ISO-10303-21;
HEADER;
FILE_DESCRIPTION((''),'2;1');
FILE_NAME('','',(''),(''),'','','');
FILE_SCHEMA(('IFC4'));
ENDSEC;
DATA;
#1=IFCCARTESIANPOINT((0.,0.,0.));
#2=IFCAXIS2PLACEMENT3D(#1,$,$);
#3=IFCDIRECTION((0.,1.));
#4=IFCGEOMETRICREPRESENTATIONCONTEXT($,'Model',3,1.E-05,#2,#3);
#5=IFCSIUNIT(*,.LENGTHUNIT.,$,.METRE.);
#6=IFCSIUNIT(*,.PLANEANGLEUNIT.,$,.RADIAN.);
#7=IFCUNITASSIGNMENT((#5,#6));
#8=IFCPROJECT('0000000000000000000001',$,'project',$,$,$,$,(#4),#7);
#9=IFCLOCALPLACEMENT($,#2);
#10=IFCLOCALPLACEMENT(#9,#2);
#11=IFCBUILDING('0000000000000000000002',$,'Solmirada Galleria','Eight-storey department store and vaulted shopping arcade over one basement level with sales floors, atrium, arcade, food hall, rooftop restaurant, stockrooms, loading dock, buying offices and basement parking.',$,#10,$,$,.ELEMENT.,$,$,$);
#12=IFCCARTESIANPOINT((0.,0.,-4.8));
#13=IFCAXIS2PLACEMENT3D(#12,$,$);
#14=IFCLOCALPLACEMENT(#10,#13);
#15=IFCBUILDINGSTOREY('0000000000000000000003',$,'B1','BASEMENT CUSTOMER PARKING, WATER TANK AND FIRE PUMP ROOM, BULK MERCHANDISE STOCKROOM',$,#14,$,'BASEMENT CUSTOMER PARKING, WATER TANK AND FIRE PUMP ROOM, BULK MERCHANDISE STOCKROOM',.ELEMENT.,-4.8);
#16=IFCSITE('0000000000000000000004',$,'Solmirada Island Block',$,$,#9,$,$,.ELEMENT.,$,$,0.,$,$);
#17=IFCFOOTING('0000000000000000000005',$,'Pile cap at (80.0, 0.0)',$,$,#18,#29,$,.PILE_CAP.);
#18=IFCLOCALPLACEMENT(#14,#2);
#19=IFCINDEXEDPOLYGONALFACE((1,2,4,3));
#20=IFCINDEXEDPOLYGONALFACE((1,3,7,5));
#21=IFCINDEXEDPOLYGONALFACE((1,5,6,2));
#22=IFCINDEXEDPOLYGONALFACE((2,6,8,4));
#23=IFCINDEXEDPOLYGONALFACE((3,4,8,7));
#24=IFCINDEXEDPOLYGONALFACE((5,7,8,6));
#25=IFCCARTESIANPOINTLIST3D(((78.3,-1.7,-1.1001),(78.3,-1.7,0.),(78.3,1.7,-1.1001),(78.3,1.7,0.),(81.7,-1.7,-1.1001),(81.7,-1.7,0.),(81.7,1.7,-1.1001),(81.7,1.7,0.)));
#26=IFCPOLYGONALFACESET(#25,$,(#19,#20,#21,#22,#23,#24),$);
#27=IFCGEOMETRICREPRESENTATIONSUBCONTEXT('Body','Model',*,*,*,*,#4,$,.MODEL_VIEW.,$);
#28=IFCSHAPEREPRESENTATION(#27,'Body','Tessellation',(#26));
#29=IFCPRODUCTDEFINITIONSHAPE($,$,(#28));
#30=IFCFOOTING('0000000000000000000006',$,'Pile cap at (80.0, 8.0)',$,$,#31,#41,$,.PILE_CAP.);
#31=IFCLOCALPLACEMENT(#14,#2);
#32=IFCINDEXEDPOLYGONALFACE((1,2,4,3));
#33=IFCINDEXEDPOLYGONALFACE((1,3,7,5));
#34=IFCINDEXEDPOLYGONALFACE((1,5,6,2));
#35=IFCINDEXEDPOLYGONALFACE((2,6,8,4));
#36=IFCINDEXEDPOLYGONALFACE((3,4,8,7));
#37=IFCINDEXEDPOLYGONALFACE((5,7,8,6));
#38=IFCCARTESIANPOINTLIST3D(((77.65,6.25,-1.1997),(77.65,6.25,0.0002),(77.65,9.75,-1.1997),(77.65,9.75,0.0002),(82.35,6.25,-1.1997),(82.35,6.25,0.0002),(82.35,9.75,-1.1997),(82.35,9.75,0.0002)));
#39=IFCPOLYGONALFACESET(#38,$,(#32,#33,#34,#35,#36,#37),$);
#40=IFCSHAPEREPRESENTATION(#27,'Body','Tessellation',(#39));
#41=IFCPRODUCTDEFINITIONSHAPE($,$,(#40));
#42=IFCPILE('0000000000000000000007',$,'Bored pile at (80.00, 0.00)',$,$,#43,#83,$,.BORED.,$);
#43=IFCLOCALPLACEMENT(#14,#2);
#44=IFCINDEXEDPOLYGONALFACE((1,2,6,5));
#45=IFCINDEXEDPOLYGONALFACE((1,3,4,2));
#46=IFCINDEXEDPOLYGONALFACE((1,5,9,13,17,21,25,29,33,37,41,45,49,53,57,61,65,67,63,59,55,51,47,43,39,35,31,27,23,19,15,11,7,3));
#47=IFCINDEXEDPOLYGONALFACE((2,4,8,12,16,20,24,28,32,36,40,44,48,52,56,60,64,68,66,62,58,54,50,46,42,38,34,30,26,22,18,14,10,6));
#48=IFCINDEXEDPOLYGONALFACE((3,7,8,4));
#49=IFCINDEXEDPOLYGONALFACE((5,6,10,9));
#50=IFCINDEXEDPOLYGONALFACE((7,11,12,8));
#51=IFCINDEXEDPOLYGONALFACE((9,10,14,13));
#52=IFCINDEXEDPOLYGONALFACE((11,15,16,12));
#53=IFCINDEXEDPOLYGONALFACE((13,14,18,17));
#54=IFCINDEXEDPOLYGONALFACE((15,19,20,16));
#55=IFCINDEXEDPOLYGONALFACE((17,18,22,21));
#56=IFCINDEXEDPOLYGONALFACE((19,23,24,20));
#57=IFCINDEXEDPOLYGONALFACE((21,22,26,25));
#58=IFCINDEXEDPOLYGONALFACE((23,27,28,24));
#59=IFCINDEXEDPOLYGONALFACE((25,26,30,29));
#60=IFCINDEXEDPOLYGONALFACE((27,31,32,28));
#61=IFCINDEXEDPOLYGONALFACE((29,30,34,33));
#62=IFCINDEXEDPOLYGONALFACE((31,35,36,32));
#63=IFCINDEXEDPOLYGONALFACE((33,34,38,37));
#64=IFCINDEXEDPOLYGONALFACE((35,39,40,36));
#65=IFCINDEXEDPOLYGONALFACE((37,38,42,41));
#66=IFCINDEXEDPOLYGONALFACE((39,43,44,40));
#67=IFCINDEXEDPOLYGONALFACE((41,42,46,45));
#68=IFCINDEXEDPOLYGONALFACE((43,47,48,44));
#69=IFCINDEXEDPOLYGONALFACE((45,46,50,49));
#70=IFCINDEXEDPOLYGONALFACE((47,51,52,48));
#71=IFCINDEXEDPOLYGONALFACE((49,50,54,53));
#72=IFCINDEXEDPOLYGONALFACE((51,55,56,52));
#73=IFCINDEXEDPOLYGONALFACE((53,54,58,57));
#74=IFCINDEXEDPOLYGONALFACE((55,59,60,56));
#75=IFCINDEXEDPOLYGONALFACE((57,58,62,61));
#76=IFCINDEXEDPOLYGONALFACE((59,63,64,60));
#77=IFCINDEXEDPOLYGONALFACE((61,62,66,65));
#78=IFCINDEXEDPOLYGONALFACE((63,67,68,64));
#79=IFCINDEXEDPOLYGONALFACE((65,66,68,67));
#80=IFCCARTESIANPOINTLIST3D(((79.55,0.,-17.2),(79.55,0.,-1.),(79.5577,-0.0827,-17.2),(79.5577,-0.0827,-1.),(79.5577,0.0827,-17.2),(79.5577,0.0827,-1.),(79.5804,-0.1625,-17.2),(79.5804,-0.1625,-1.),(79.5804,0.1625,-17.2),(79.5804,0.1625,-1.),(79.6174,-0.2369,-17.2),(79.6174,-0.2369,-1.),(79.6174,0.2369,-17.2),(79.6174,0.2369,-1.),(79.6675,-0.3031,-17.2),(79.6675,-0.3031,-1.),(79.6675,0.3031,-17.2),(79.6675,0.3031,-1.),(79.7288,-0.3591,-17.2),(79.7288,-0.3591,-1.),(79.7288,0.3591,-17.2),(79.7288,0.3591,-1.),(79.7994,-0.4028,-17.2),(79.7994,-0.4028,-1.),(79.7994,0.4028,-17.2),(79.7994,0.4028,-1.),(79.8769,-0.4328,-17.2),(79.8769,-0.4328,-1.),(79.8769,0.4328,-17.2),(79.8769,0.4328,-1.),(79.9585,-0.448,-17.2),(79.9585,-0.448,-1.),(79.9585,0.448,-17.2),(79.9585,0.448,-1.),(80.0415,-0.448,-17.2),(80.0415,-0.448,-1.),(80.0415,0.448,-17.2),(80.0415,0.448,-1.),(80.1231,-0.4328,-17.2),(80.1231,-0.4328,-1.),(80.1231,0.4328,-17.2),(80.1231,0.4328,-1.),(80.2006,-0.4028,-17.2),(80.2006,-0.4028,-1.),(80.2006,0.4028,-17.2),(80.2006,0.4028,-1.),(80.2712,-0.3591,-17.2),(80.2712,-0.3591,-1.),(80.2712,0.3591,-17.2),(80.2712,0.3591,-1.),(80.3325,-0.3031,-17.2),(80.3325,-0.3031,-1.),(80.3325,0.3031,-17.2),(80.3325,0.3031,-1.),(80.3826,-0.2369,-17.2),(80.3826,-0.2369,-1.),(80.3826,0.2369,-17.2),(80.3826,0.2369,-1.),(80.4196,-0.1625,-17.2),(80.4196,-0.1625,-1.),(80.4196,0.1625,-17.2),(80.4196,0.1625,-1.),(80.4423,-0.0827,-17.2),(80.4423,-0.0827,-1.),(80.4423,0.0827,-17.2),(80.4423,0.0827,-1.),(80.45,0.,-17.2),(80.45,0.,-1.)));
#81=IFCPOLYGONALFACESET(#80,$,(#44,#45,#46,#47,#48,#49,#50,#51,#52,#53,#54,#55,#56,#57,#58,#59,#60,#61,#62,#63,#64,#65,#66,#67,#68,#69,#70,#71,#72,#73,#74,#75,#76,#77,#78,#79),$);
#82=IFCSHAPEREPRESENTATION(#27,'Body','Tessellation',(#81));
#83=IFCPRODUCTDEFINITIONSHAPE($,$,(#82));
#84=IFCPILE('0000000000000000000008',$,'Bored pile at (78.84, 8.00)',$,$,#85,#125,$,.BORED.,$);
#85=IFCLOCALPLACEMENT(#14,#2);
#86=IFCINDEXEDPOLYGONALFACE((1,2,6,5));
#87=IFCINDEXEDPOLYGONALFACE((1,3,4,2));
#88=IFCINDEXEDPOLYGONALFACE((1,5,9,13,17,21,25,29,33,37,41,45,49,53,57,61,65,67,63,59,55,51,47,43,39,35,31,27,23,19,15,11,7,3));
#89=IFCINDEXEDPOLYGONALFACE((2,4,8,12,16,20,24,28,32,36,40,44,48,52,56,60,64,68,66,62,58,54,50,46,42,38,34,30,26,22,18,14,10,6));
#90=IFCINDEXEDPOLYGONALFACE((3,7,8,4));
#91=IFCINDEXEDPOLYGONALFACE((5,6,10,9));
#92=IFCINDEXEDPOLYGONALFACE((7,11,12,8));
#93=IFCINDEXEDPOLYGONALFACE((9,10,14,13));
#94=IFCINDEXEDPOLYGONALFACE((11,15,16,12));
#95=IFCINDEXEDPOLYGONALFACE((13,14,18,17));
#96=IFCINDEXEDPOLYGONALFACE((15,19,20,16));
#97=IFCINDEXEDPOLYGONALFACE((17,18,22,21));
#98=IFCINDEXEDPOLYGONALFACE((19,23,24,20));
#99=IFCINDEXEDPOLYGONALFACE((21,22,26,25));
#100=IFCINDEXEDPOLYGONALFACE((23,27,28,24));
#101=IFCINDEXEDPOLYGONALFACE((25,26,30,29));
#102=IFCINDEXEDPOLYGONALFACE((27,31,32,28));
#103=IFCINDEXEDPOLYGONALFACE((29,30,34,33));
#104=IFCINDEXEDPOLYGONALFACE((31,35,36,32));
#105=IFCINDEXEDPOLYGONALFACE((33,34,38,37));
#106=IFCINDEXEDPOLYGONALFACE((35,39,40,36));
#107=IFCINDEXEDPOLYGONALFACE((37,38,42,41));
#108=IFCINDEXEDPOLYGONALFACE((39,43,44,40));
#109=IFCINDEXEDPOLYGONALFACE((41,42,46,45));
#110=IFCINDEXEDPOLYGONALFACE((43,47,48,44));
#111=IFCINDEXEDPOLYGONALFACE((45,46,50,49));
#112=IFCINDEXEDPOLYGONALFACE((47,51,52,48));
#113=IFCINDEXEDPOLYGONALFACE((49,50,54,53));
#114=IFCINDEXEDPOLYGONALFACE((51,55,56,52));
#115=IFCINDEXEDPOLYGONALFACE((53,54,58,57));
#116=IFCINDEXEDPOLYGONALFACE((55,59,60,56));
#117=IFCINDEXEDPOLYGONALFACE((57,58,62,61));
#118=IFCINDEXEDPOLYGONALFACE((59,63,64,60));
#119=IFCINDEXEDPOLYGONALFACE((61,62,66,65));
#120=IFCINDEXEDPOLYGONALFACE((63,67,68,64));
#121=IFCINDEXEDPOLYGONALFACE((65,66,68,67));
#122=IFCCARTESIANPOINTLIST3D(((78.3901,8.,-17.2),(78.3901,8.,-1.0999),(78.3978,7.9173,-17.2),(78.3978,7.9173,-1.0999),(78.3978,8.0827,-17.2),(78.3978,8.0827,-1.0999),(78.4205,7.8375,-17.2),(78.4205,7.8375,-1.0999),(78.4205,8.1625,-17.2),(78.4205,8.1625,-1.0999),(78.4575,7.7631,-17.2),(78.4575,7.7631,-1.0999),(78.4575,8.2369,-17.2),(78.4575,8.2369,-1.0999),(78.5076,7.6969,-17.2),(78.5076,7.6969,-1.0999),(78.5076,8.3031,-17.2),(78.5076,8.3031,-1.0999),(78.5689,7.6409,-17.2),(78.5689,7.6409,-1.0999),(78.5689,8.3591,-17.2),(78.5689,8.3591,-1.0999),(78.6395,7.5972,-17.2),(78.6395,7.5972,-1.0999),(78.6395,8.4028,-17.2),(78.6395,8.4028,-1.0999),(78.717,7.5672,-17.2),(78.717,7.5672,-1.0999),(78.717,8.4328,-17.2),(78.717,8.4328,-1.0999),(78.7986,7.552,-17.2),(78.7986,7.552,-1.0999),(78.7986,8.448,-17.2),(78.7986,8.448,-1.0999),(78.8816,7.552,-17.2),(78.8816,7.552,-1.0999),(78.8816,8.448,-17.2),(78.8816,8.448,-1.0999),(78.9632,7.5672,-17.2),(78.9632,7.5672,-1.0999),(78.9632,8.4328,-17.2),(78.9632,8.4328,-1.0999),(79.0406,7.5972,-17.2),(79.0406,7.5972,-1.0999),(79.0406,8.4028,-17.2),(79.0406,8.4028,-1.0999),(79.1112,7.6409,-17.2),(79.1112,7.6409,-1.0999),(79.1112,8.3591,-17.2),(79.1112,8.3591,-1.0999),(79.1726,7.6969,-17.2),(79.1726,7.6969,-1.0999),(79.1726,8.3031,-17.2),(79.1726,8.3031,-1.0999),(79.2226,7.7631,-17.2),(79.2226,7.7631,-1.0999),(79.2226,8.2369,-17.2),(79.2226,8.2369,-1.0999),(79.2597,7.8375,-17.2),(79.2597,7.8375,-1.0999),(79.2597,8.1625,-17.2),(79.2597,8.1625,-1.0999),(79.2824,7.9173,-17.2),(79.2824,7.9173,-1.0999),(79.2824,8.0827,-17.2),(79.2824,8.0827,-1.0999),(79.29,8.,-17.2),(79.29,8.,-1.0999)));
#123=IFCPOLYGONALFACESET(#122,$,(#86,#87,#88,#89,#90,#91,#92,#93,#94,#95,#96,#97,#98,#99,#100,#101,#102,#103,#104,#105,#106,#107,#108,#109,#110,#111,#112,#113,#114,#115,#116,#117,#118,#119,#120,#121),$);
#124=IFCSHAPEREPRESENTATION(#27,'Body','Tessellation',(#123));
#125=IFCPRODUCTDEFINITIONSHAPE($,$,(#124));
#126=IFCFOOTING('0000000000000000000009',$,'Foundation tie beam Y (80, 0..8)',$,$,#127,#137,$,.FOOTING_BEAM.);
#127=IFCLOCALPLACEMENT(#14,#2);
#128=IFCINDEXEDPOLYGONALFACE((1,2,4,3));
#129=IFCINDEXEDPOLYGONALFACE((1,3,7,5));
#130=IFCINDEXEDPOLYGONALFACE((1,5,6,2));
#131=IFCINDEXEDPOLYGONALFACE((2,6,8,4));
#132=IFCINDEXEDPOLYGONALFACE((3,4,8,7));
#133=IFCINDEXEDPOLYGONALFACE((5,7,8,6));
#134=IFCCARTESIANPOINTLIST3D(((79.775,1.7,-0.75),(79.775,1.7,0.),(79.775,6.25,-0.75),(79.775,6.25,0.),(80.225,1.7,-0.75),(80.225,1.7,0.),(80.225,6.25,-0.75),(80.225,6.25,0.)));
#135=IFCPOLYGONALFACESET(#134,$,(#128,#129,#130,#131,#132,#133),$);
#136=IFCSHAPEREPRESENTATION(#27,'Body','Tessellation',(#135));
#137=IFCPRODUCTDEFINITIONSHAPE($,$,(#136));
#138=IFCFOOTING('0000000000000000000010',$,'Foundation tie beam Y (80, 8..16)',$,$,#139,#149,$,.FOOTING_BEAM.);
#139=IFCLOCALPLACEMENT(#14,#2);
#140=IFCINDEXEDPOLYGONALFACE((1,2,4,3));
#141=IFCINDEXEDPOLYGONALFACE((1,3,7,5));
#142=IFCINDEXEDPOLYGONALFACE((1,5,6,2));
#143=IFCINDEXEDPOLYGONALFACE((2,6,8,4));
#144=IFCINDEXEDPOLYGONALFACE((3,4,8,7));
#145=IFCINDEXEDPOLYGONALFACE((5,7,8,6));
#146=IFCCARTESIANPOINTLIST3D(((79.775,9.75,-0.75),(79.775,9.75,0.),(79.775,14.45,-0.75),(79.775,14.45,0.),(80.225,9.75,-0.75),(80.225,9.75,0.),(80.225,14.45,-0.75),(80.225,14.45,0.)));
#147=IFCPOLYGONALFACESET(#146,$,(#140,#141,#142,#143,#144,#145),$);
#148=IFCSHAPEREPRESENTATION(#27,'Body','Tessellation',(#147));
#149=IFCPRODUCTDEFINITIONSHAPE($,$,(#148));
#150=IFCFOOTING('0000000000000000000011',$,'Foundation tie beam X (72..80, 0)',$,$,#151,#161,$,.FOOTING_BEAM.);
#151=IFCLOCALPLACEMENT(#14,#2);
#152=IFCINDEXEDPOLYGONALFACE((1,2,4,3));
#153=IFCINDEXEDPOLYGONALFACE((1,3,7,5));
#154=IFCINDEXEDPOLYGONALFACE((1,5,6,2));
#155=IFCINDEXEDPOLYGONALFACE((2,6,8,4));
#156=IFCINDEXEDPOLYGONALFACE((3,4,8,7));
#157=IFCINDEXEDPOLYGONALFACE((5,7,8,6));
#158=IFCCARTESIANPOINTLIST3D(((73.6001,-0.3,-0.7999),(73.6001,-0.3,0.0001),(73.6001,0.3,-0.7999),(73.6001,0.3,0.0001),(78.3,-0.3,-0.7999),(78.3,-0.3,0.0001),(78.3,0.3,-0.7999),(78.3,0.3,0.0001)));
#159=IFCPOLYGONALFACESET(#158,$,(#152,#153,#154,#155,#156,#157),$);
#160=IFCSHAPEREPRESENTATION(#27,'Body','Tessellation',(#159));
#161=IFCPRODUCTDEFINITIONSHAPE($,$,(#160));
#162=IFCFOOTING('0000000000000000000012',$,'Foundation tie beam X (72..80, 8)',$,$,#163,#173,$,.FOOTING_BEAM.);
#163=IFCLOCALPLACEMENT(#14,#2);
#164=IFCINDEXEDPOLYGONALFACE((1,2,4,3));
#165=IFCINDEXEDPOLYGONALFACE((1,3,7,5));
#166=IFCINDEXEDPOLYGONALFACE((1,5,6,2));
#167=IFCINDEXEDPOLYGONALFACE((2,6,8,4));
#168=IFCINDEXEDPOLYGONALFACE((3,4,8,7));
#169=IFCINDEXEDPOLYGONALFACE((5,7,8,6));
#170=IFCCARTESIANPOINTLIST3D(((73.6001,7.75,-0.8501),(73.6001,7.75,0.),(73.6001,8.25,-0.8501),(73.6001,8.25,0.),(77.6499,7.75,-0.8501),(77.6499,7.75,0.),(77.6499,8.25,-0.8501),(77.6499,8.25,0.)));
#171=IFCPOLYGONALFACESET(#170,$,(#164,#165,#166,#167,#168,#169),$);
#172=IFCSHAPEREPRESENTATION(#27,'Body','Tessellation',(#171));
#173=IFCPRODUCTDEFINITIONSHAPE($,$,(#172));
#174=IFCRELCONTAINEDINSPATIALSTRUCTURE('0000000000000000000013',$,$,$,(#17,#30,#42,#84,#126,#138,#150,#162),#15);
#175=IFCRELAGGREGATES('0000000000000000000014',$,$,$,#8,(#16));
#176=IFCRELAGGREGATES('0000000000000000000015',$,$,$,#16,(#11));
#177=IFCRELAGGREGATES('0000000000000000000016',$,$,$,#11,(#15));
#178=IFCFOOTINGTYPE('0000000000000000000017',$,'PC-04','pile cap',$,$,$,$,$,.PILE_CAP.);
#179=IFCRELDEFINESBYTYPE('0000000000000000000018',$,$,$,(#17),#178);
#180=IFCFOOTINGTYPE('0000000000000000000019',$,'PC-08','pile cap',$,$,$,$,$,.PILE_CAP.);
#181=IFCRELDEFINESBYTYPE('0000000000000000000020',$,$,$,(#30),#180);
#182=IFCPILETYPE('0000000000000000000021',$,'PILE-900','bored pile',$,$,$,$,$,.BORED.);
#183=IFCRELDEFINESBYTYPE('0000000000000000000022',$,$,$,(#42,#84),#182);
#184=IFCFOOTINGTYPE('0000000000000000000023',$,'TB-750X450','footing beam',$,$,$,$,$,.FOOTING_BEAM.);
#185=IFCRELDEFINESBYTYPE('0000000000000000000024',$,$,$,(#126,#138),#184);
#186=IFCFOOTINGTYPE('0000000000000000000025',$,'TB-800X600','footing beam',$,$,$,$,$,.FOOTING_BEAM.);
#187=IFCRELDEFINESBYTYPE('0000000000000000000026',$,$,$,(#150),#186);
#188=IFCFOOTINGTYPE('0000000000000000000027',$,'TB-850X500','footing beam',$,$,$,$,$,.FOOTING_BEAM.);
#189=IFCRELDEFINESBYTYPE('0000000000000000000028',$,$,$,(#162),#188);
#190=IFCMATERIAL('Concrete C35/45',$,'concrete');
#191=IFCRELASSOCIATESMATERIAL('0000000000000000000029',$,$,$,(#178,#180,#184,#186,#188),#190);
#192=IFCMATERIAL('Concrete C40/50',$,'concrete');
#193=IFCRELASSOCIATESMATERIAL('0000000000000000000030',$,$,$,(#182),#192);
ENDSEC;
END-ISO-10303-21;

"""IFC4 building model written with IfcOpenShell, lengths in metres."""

from ifc_helpers import new_model, si_unit, direction, frame, origin, origin_2d, place, context, subcontext, project, spatial, rectangle, circle, extrude, material, material_profile, profile_set, type_object, element, save


model = new_model("IFC4")

# Units and contexts
model_context = context("Model", 3, precision=1e-05, world=origin(), true_north=direction((0.0, 1.0)))
body_context = subcontext(model_context, "Body", "Model", "MODEL_VIEW")
ifc_project = project(units=[si_unit("LENGTHUNIT", "METRE"), si_unit("PLANEANGLEUNIT", "RADIAN")], contexts=[model_context])

# Site, building, storey
site_placement = place(None, origin())
site = spatial("IfcSite", under=ifc_project, at=site_placement, Name="Solmirada Island Block", CompositionType="ELEMENT", RefElevation=0.0)
building_placement = place(site_placement, origin())
building = spatial("IfcBuilding", under=site, at=building_placement, Name="Solmirada Galleria", Description="Eight-storey department store and vaulted shopping arcade over one basement level with sales floors, atrium, arcade, food hall, rooftop restaurant, stockrooms, loading dock, buying offices and basement parking.", CompositionType="ELEMENT")
storey_placement = place(building_placement, frame((0.0, 0.0, -4.8)))
storey = spatial("IfcBuildingStorey", under=building, at=storey_placement, Name="B1", Description="BASEMENT CUSTOMER PARKING, WATER TANK AND FIRE PUMP ROOM, BULK MERCHANDISE STOCKROOM", LongName="BASEMENT CUSTOMER PARKING, WATER TANK AND FIRE PUMP ROOM, BULK MERCHANDISE STOCKROOM", CompositionType="ELEMENT", Elevation=-4.8)

# Footings
ifc_material_1 = material(Name="Concrete C35/45", Category="concrete")
footing_type_1 = type_object("IfcFootingType", Name="PC-04", Description="pile cap", PredefinedType="PILE_CAP", material=ifc_material_1)
footing_1_placement = place(storey_placement, frame((80.0, 0.0, -1.1001), z_axis=(0.0, 0.0, 1.0), x_axis=(1.0, 0.0, 0.0)))
element("IfcFooting", 1, at=footing_1_placement, inside=storey, type_object=footing_type_1, Name="Pile cap at (80.0, 0.0)", PredefinedType="PILE_CAP", context=body_context, shape_type="SweptSolid", body=[
    extrude(rectangle(XDim=3.3999, YDim=3.3999, at=origin_2d()), origin(), (0.0, 0.0, 1.0), 1.1001),
])
footing_type_2 = type_object("IfcFootingType", Name="PC-08", Description="pile cap", PredefinedType="PILE_CAP", material=ifc_material_1)
footing_2_placement = place(storey_placement, frame((80.0, 8.0, -1.1997), z_axis=(0.0, 0.0, 1.0), x_axis=(1.0, 0.0, 0.0)))
element("IfcFooting", 2, at=footing_2_placement, inside=storey, type_object=footing_type_2, Name="Pile cap at (80.0, 8.0)", PredefinedType="PILE_CAP", context=body_context, shape_type="SweptSolid", body=[
    extrude(rectangle(XDim=4.7, YDim=3.5, at=origin_2d()), origin(), (0.0, 0.0, 1.0), 1.2),
])

# Piles
ifc_material_2 = material(Name="Concrete C40/50", Category="concrete")
ifc_material_profile_1 = material_profile(ifc_material_2, circle(Radius=0.45, at=origin_2d()), Name="PILE900")
ifc_profile_set_1 = profile_set([ifc_material_profile_1], Name="Concrete C40/50")
pile_type = type_object("IfcPileType", Name="PILE-900", Description="bored pile", PredefinedType="BORED", material=ifc_profile_set_1)
pile_1_placement = place(storey_placement, frame((80.0, 0.0, -1.0), z_axis=(0.0, 0.0, -1.0), x_axis=(1.0, 0.0, 0.0)))
element("IfcPile", 3, at=pile_1_placement, inside=storey, type_object=pile_type, Name="Bored pile at (80.00, 0.00)", PredefinedType="BORED", context=body_context, shape_type="SweptSolid", body=[
    extrude(circle(Radius=0.45, at=origin_2d()), origin(), (0.0, 0.0, 1.0), 16.2),
])
pile_2_placement = place(storey_placement, frame((78.8401, 8.0, -1.0999), z_axis=(0.0, 0.0, -1.0), x_axis=(1.0, 0.0, 0.0)))
element("IfcPile", 4, at=pile_2_placement, inside=storey, type_object=pile_type, Name="Bored pile at (78.84, 8.00)", PredefinedType="BORED", context=body_context, shape_type="SweptSolid", body=[
    extrude(circle(Radius=0.45, at=origin_2d()), origin(), (0.0, 0.0, 1.0), 16.1001),
])

# Footings
ifc_material_profile_2 = material_profile(ifc_material_1, rectangle(XDim=0.45, YDim=0.75, at=origin_2d()), Name="RC750X450")
ifc_profile_set_2 = profile_set([ifc_material_profile_2], Name="Concrete C35/45")
footing_type_3 = type_object("IfcFootingType", Name="TB-750X450", Description="footing beam", PredefinedType="FOOTING_BEAM", material=ifc_profile_set_2)
footing_3_placement = place(storey_placement, frame((80.0, 1.7, -0.375), z_axis=(0.0, 1.0, 0.0), x_axis=(-1.0, 0.0, 0.0)))
element("IfcFooting", 5, at=footing_3_placement, inside=storey, type_object=footing_type_3, Name="Foundation tie beam Y (80, 0..8)", PredefinedType="FOOTING_BEAM", context=body_context, shape_type="SweptSolid", body=[
    extrude(rectangle(XDim=0.45, YDim=0.75, at=origin_2d()), origin(), (0.0, 0.0, 1.0), 4.55),
])
footing_4_placement = place(storey_placement, frame((80.0, 9.75, -0.375), z_axis=(0.0, 1.0, 0.0), x_axis=(-1.0, 0.0, 0.0)))
element("IfcFooting", 6, at=footing_4_placement, inside=storey, type_object=footing_type_3, Name="Foundation tie beam Y (80, 8..16)", PredefinedType="FOOTING_BEAM", context=body_context, shape_type="SweptSolid", body=[
    extrude(rectangle(XDim=0.45, YDim=0.75, at=origin_2d()), origin(), (0.0, 0.0, 1.0), 4.7),
])
ifc_material_profile_3 = material_profile(ifc_material_1, rectangle(XDim=0.6001, YDim=0.8, at=origin_2d()), Name="RC800X600")
ifc_profile_set_3 = profile_set([ifc_material_profile_3], Name="Concrete C35/45")
footing_type_4 = type_object("IfcFootingType", Name="TB-800X600", Description="footing beam", PredefinedType="FOOTING_BEAM", material=ifc_profile_set_3)
footing_5_placement = place(storey_placement, frame((73.6001, 0.0, -0.3999), z_axis=(1.0, 0.0, 0.0), x_axis=(0.0, 1.0, 0.0)))
element("IfcFooting", 7, at=footing_5_placement, inside=storey, type_object=footing_type_4, Name="Foundation tie beam X (72..80, 0)", PredefinedType="FOOTING_BEAM", context=body_context, shape_type="SweptSolid", body=[
    extrude(rectangle(XDim=0.6001, YDim=0.8, at=origin_2d()), origin(), (0.0, 0.0, 1.0), 4.7),
])
ifc_material_profile_4 = material_profile(ifc_material_1, rectangle(XDim=0.5, YDim=0.8501, at=origin_2d()), Name="RC850X500")
ifc_profile_set_4 = profile_set([ifc_material_profile_4], Name="Concrete C35/45")
footing_type_5 = type_object("IfcFootingType", Name="TB-850X500", Description="footing beam", PredefinedType="FOOTING_BEAM", material=ifc_profile_set_4)
footing_6_placement = place(storey_placement, frame((73.6001, 8.0, -0.425), z_axis=(1.0, 0.0, 0.0), x_axis=(0.0, 1.0, 0.0)))
element("IfcFooting", 8, at=footing_6_placement, inside=storey, type_object=footing_type_5, Name="Foundation tie beam X (72..80, 8)", PredefinedType="FOOTING_BEAM", context=body_context, shape_type="SweptSolid", body=[
    extrude(rectangle(XDim=0.5, YDim=0.8501, at=origin_2d()), origin(), (0.0, 0.0, 1.0), 4.0498),
])

save(model, "model.ifc")
